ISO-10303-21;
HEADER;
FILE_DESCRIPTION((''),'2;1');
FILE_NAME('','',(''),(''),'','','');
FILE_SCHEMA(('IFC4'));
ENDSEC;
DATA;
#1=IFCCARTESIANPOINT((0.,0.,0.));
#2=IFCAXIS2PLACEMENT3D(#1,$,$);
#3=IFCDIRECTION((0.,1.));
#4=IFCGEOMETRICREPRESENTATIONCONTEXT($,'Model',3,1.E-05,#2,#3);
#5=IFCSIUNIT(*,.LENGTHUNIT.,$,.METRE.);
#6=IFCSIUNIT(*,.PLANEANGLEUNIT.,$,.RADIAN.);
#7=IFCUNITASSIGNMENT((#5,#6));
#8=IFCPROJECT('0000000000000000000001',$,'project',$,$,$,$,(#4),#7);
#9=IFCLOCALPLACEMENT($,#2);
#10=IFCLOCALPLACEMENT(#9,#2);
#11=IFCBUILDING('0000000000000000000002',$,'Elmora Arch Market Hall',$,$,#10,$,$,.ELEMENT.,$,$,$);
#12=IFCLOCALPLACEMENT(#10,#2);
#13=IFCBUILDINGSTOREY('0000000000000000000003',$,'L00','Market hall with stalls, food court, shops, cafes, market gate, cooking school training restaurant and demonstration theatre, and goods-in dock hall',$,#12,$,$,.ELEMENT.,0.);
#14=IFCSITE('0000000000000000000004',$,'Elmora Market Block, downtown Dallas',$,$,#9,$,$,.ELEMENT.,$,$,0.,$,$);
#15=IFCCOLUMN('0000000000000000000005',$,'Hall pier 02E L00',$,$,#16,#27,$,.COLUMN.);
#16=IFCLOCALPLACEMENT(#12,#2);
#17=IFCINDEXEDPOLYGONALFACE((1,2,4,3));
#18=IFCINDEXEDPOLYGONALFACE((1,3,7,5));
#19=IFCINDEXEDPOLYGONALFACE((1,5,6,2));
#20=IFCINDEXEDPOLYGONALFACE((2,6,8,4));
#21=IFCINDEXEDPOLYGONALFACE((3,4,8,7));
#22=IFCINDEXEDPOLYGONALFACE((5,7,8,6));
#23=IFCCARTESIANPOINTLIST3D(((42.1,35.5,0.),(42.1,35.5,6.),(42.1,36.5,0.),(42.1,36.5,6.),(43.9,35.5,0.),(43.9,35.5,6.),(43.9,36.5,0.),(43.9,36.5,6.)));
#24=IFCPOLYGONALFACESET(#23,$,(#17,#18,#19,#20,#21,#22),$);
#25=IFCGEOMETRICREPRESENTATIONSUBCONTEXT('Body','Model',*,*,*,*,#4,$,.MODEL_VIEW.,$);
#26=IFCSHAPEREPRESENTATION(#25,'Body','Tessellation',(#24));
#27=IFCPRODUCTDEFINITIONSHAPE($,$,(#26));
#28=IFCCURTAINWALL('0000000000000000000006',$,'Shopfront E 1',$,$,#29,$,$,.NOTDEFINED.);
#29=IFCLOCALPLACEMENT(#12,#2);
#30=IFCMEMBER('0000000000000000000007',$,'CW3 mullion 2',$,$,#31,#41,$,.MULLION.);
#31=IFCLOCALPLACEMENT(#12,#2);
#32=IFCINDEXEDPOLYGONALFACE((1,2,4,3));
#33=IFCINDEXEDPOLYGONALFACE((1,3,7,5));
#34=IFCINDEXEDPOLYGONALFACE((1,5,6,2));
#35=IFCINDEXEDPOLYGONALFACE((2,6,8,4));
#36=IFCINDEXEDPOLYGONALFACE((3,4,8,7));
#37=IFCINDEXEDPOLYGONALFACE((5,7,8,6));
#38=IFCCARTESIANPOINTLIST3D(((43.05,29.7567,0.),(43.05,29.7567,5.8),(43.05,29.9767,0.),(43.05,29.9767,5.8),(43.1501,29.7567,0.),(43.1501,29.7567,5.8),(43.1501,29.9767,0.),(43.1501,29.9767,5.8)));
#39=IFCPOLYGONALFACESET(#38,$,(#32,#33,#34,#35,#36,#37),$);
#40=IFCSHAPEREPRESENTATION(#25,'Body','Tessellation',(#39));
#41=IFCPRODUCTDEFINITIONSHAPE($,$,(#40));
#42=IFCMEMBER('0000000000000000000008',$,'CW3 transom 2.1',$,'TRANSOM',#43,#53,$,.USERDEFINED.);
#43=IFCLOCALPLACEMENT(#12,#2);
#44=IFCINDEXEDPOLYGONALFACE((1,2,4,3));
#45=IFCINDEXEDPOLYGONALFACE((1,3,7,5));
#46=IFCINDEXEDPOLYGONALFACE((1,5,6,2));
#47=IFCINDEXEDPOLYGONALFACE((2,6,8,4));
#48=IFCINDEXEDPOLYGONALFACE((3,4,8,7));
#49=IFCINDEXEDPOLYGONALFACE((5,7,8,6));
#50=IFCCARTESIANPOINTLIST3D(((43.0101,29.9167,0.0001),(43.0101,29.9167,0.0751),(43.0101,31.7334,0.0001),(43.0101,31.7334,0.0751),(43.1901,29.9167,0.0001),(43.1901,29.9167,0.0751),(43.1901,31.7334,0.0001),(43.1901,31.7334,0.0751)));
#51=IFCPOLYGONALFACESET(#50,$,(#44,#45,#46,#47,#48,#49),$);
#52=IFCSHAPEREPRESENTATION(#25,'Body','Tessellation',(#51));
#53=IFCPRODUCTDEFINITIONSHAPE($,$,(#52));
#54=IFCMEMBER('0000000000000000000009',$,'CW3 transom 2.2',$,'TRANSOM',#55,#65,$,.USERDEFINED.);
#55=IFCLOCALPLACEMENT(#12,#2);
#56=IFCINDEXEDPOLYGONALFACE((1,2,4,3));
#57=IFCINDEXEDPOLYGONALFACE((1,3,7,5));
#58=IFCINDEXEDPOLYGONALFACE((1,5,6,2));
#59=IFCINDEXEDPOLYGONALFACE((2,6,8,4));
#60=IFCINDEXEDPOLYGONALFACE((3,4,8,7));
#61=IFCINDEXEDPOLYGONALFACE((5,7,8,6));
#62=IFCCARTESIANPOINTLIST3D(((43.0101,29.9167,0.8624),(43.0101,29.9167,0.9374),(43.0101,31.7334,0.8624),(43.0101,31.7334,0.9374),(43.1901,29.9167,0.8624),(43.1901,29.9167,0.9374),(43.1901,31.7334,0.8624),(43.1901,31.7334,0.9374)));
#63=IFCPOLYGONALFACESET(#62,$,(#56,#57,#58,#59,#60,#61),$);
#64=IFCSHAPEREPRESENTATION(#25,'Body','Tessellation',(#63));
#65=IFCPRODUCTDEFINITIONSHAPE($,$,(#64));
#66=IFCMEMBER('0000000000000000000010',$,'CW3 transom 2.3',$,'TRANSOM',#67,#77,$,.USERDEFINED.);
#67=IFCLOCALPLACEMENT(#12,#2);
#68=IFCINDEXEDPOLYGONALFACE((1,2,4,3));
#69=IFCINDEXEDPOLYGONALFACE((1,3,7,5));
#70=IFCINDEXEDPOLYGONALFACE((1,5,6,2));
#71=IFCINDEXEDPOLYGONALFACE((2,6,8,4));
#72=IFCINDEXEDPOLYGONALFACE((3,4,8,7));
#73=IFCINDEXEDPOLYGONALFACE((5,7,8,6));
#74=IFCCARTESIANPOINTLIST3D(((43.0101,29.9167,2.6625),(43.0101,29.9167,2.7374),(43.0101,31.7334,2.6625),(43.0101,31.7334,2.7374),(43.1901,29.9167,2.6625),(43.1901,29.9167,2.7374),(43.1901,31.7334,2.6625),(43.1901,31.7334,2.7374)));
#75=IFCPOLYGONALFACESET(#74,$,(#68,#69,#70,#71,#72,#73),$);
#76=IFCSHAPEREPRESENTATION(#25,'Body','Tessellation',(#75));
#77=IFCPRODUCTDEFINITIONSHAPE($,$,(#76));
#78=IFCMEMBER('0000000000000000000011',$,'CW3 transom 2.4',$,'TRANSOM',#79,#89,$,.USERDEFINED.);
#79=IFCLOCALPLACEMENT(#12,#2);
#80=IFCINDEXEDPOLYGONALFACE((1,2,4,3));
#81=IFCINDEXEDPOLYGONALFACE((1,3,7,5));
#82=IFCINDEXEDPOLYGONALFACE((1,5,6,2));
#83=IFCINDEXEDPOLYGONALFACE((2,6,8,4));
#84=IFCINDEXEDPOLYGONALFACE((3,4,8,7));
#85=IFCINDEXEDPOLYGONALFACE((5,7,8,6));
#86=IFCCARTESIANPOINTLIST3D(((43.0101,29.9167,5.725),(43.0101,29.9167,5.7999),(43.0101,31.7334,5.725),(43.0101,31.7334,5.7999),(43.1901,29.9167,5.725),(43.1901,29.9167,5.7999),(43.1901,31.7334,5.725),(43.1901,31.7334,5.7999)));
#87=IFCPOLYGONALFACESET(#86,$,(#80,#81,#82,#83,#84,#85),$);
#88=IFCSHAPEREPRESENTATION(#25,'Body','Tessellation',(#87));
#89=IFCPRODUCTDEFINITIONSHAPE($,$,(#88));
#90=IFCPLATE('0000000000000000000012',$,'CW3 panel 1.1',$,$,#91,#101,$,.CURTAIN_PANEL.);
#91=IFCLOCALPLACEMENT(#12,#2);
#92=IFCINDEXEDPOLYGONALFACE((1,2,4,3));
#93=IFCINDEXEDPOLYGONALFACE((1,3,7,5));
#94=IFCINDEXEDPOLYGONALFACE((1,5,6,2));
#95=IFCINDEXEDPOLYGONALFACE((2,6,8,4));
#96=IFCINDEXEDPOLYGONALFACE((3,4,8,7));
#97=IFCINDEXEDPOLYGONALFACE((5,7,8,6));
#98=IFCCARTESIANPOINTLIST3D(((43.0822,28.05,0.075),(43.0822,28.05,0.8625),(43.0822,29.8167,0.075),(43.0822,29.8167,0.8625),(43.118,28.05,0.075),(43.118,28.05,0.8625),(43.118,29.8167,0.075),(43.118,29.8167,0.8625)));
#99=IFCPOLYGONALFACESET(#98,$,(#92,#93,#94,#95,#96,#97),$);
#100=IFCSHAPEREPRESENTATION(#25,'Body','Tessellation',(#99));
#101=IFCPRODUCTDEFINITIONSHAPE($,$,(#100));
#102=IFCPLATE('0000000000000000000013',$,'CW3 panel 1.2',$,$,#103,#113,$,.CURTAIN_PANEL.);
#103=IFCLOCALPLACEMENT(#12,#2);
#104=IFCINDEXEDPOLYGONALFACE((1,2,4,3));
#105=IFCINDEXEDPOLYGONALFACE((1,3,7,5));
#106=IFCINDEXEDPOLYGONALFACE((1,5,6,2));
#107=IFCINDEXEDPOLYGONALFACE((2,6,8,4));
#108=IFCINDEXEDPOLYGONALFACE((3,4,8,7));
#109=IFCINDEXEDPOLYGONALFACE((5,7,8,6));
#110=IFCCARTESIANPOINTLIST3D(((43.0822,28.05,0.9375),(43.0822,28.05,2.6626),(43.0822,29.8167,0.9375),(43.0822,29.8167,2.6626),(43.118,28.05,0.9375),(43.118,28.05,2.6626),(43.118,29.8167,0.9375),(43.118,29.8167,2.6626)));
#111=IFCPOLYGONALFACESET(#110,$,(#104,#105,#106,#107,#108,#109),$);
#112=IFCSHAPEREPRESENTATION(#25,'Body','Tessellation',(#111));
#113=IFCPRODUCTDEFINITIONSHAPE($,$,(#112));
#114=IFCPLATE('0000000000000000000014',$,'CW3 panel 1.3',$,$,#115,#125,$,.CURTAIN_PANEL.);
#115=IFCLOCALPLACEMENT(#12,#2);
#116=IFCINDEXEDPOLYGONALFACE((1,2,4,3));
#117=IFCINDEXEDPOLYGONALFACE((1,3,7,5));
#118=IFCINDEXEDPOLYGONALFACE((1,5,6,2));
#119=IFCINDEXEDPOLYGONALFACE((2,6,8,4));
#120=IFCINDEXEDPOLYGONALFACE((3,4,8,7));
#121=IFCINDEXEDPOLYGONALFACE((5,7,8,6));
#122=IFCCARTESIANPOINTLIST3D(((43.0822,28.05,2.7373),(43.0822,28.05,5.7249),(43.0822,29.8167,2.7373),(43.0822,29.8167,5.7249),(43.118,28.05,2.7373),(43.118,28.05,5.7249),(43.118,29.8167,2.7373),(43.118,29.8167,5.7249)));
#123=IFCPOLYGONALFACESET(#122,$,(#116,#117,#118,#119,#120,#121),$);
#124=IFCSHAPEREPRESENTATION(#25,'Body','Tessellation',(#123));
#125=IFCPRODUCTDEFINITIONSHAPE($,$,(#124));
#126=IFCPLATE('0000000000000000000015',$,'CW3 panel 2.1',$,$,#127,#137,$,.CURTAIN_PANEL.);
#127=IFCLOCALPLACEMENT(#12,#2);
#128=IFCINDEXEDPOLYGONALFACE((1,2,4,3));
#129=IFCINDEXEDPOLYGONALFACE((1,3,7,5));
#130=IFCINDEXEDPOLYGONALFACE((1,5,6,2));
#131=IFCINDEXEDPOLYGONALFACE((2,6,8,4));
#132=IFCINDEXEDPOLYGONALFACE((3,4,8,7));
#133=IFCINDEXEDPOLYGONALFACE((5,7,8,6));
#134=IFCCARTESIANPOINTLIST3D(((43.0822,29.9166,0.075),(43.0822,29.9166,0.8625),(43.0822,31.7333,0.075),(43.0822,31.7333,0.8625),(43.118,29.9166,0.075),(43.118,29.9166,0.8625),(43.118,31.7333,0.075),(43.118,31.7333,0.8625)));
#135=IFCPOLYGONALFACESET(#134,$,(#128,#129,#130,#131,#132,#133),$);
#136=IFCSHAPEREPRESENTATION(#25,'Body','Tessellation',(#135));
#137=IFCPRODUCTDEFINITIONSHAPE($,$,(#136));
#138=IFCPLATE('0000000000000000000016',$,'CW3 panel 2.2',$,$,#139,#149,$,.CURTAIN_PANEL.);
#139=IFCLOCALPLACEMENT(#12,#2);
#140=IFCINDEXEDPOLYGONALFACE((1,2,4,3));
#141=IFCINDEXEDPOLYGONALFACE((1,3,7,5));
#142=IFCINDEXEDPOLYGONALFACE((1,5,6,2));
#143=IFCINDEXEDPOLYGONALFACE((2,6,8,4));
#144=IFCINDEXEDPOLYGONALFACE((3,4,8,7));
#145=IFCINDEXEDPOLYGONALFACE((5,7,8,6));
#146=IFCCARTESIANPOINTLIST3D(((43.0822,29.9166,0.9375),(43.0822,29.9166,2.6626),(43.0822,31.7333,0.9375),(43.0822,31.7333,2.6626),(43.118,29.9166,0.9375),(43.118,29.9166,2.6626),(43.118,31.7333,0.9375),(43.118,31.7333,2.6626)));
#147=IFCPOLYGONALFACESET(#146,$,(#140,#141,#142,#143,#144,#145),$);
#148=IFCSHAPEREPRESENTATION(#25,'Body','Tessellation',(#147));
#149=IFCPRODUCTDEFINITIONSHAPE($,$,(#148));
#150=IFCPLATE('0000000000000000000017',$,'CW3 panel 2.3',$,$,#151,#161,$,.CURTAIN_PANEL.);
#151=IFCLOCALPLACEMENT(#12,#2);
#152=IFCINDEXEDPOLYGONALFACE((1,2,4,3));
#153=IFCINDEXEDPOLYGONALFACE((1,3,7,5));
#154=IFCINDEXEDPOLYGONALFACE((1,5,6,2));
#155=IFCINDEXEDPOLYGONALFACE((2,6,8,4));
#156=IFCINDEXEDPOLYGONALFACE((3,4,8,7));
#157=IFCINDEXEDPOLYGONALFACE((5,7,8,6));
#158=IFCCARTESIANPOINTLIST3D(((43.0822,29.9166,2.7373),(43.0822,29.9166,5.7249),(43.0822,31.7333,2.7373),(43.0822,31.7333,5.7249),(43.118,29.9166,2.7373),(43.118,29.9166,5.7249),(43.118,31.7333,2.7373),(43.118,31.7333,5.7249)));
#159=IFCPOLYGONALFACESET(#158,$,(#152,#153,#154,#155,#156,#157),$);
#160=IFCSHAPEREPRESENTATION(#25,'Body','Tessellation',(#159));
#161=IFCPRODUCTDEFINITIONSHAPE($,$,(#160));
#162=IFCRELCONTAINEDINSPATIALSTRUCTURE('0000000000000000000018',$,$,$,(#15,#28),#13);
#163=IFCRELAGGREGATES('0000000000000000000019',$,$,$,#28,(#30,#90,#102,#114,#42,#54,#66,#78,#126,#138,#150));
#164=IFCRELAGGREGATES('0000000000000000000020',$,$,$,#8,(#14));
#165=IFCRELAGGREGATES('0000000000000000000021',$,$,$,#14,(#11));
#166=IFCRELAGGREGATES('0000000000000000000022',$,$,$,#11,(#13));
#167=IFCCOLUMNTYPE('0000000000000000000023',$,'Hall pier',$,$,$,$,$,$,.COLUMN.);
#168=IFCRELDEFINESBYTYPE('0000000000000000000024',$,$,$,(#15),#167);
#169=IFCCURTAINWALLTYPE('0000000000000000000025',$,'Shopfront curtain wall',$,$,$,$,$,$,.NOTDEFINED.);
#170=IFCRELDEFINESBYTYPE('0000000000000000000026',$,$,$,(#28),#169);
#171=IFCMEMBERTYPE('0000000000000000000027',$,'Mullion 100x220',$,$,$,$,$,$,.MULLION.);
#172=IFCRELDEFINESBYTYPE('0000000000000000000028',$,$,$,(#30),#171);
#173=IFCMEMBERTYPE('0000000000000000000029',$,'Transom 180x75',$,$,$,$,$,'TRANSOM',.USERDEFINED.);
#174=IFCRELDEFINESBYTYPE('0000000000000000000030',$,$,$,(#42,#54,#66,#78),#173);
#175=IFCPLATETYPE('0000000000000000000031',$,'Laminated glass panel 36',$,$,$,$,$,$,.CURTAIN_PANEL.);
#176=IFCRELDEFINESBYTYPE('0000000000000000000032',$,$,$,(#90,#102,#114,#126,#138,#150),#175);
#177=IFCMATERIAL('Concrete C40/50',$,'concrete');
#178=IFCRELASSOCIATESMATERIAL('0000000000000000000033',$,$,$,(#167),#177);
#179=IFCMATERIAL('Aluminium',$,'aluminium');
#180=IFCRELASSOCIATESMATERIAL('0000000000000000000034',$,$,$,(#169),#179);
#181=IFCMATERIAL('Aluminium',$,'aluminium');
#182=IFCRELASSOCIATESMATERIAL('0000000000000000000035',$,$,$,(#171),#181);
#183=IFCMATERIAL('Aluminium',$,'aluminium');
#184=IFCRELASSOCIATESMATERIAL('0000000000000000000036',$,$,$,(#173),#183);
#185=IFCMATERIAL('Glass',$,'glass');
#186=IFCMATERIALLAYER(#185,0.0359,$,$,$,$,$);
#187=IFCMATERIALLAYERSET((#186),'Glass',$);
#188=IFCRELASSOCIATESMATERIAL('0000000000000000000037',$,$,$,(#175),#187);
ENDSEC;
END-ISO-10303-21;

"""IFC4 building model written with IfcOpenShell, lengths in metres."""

from ifc_helpers import new_model, si_unit, direction, frame, origin, origin_2d, place, context, subcontext, project, spatial, rectangle, extrude, material, layer, layer_set, material_profile, profile_set, type_object, element, aggregate, save


model = new_model("IFC4")

# Units and contexts
model_context = context("Model", 3, precision=1e-05, world=origin(), true_north=direction((0.0, 1.0)))
body_context = subcontext(model_context, "Body", "Model", "MODEL_VIEW")
ifc_project = project(units=[si_unit("LENGTHUNIT", "METRE"), si_unit("PLANEANGLEUNIT", "RADIAN")], contexts=[model_context])

# Site, building, storey
site_placement = place(None, origin())
site = spatial("IfcSite", under=ifc_project, at=site_placement, Name="Elmora Market Block, downtown Dallas", CompositionType="ELEMENT", RefElevation=0.0)
building_placement = place(site_placement, origin())
building = spatial("IfcBuilding", under=site, at=building_placement, Name="Elmora Arch Market Hall", CompositionType="ELEMENT")
storey_placement = place(building_placement, origin())
storey = spatial("IfcBuildingStorey", under=building, at=storey_placement, Name="L00", Description="Market hall with stalls, food court, shops, cafes, market gate, cooking school training restaurant and demonstration theatre, and goods-in dock hall", CompositionType="ELEMENT", Elevation=0.0)

# Column
ifc_material_1 = material(Name="Concrete C40/50", Category="concrete")
ifc_material_profile_1 = material_profile(ifc_material_1, rectangle(XDim=1.8, YDim=1.0, at=origin_2d()), Name="Hall pier")
ifc_profile_set_1 = profile_set([ifc_material_profile_1], Name="Concrete C40/50")
column_type = type_object("IfcColumnType", Name="Hall pier", PredefinedType="COLUMN", material=ifc_profile_set_1)
column_placement = place(storey_placement, frame((43.0, 36.0, 0.0), z_axis=(0.0, 0.0, 1.0), x_axis=(1.0, 0.0, 0.0)))
element("IfcColumn", 1, at=column_placement, inside=storey, type_object=column_type, Name="Hall pier 02E L00", PredefinedType="COLUMN", context=body_context, shape_type="SweptSolid", body=[
    extrude(rectangle(XDim=1.8, YDim=1.0, at=origin_2d()), origin(), (0.0, 0.0, 1.0), 6.0),
])

# Curtain wall, members, plates
ifc_material_2 = material(Name="Aluminium", Category="aluminium")
curtain_wall_type = type_object("IfcCurtainWallType", Name="Shopfront curtain wall", PredefinedType="NOTDEFINED", material=ifc_material_2)
curtain_wall_placement = place(storey_placement, origin())
curtain_wall = element("IfcCurtainWall", 2, at=curtain_wall_placement, inside=storey, type_object=curtain_wall_type, Name="Shopfront E 1", PredefinedType="NOTDEFINED")
ifc_material_3 = material(Name="Aluminium", Category="aluminium")
ifc_material_profile_2 = material_profile(ifc_material_3, rectangle(XDim=0.1001, YDim=0.22, at=origin_2d()), Name="AL 100x220")
ifc_profile_set_2 = profile_set([ifc_material_profile_2], Name="Aluminium")
member_type_1 = type_object("IfcMemberType", Name="Mullion 100x220", PredefinedType="MULLION", material=ifc_profile_set_2)
member_1_placement = place(storey_placement, frame((43.1001, 29.8667, 0.0), z_axis=(0.0, 0.0, 1.0), x_axis=(-1.0, 0.0, 0.0)))
member_1 = element("IfcMember", 3, at=member_1_placement, type_object=member_type_1, Name="CW3 mullion 2", PredefinedType="MULLION", context=body_context, shape_type="SweptSolid", body=[
    extrude(rectangle(XDim=0.1001, YDim=0.22, at=origin_2d()), origin(), (0.0, 0.0, 1.0), 5.8),
])
ifc_material_4 = material(Name="Aluminium", Category="aluminium")
ifc_material_profile_3 = material_profile(ifc_material_4, rectangle(XDim=0.1799, YDim=0.075, at=origin_2d()), Name="AL 180x75")
ifc_profile_set_3 = profile_set([ifc_material_profile_3], Name="Aluminium")
member_type_2 = type_object("IfcMemberType", Name="Transom 180x75", ElementType="TRANSOM", PredefinedType="USERDEFINED", material=ifc_profile_set_3)
member_2_placement = place(storey_placement, frame((43.1001, 29.9167, 0.0376), z_axis=(0.0, 1.0, 0.0), x_axis=(-1.0, 0.0, 0.0)))
member_2 = element("IfcMember", 4, at=member_2_placement, type_object=member_type_2, Name="CW3 transom 2.1", ObjectType="TRANSOM", PredefinedType="USERDEFINED", context=body_context, shape_type="SweptSolid", body=[
    extrude(rectangle(XDim=0.1799, YDim=0.075, at=origin_2d()), origin(), (0.0, 0.0, 1.0), 1.8167),
])
member_3_placement = place(storey_placement, frame((43.1001, 29.9167, 0.8999), z_axis=(0.0, 1.0, 0.0), x_axis=(-1.0, 0.0, 0.0)))
member_3 = element("IfcMember", 5, at=member_3_placement, type_object=member_type_2, Name="CW3 transom 2.2", ObjectType="TRANSOM", PredefinedType="USERDEFINED", context=body_context, shape_type="SweptSolid", body=[
    extrude(rectangle(XDim=0.1799, YDim=0.075, at=origin_2d()), origin(), (0.0, 0.0, 1.0), 1.8167),
])
member_4_placement = place(storey_placement, frame((43.1001, 29.9167, 2.7), z_axis=(0.0, 1.0, 0.0), x_axis=(-1.0, 0.0, 0.0)))
member_4 = element("IfcMember", 6, at=member_4_placement, type_object=member_type_2, Name="CW3 transom 2.3", ObjectType="TRANSOM", PredefinedType="USERDEFINED", context=body_context, shape_type="SweptSolid", body=[
    extrude(rectangle(XDim=0.1799, YDim=0.075, at=origin_2d()), origin(), (0.0, 0.0, 1.0), 1.8167),
])
member_5_placement = place(storey_placement, frame((43.1001, 29.9167, 5.7625), z_axis=(0.0, 1.0, 0.0), x_axis=(-1.0, 0.0, 0.0)))
member_5 = element("IfcMember", 7, at=member_5_placement, type_object=member_type_2, Name="CW3 transom 2.4", ObjectType="TRANSOM", PredefinedType="USERDEFINED", context=body_context, shape_type="SweptSolid", body=[
    extrude(rectangle(XDim=0.1799, YDim=0.075, at=origin_2d()), origin(), (0.0, 0.0, 1.0), 1.8167),
])
ifc_material_5 = material(Name="Glass", Category="glass")
ifc_layer_1 = layer(ifc_material_5, 0.0359)
ifc_layer_set_1 = layer_set([ifc_layer_1], Name="Glass")
plate_type = type_object("IfcPlateType", Name="Laminated glass panel 36", PredefinedType="CURTAIN_PANEL", material=ifc_layer_set_1)
plate_1_placement = place(storey_placement, frame((43.1001, 28.9333, 0.075), z_axis=(0.0, 0.0, 1.0), x_axis=(0.0, 1.0, 0.0)))
plate_1 = element("IfcPlate", 8, at=plate_1_placement, type_object=plate_type, Name="CW3 panel 1.1", PredefinedType="CURTAIN_PANEL", context=body_context, shape_type="SweptSolid", body=[
    extrude(rectangle(XDim=1.7666, YDim=0.0359, at=origin_2d()), origin(), (0.0, 0.0, 1.0), 0.7876),
])
plate_2_placement = place(storey_placement, frame((43.1001, 28.9333, 0.9375), z_axis=(0.0, 0.0, 1.0), x_axis=(0.0, 1.0, 0.0)))
plate_2 = element("IfcPlate", 9, at=plate_2_placement, type_object=plate_type, Name="CW3 panel 1.2", PredefinedType="CURTAIN_PANEL", context=body_context, shape_type="SweptSolid", body=[
    extrude(rectangle(XDim=1.7666, YDim=0.0359, at=origin_2d()), origin(), (0.0, 0.0, 1.0), 1.7251),
])
plate_3_placement = place(storey_placement, frame((43.1001, 28.9333, 2.7373), z_axis=(0.0, 0.0, 1.0), x_axis=(0.0, 1.0, 0.0)))
plate_3 = element("IfcPlate", 10, at=plate_3_placement, type_object=plate_type, Name="CW3 panel 1.3", PredefinedType="CURTAIN_PANEL", context=body_context, shape_type="SweptSolid", body=[
    extrude(rectangle(XDim=1.7666, YDim=0.0359, at=origin_2d()), origin(), (0.0, 0.0, 1.0), 2.9875),
])
plate_4_placement = place(storey_placement, frame((43.1001, 30.825, 0.075), z_axis=(0.0, 0.0, 1.0), x_axis=(0.0, 1.0, 0.0)))
plate_4 = element("IfcPlate", 11, at=plate_4_placement, type_object=plate_type, Name="CW3 panel 2.1", PredefinedType="CURTAIN_PANEL", context=body_context, shape_type="SweptSolid", body=[
    extrude(rectangle(XDim=1.8167, YDim=0.0359, at=origin_2d()), origin(), (0.0, 0.0, 1.0), 0.7876),
])
plate_5_placement = place(storey_placement, frame((43.1001, 30.825, 0.9375), z_axis=(0.0, 0.0, 1.0), x_axis=(0.0, 1.0, 0.0)))
plate_5 = element("IfcPlate", 12, at=plate_5_placement, type_object=plate_type, Name="CW3 panel 2.2", PredefinedType="CURTAIN_PANEL", context=body_context, shape_type="SweptSolid", body=[
    extrude(rectangle(XDim=1.8167, YDim=0.0359, at=origin_2d()), origin(), (0.0, 0.0, 1.0), 1.7251),
])
plate_6_placement = place(storey_placement, frame((43.1001, 30.825, 2.7373), z_axis=(0.0, 0.0, 1.0), x_axis=(0.0, 1.0, 0.0)))
plate_6 = element("IfcPlate", 13, at=plate_6_placement, type_object=plate_type, Name="CW3 panel 2.3", PredefinedType="CURTAIN_PANEL", context=body_context, shape_type="SweptSolid", body=[
    extrude(rectangle(XDim=1.8167, YDim=0.0359, at=origin_2d()), origin(), (0.0, 0.0, 1.0), 2.9875),
])
aggregate(curtain_wall, [member_1, plate_1, plate_2, plate_3, member_2, member_3, member_4, member_5, plate_4, plate_5, plate_6])

save(model, "model.ifc")
